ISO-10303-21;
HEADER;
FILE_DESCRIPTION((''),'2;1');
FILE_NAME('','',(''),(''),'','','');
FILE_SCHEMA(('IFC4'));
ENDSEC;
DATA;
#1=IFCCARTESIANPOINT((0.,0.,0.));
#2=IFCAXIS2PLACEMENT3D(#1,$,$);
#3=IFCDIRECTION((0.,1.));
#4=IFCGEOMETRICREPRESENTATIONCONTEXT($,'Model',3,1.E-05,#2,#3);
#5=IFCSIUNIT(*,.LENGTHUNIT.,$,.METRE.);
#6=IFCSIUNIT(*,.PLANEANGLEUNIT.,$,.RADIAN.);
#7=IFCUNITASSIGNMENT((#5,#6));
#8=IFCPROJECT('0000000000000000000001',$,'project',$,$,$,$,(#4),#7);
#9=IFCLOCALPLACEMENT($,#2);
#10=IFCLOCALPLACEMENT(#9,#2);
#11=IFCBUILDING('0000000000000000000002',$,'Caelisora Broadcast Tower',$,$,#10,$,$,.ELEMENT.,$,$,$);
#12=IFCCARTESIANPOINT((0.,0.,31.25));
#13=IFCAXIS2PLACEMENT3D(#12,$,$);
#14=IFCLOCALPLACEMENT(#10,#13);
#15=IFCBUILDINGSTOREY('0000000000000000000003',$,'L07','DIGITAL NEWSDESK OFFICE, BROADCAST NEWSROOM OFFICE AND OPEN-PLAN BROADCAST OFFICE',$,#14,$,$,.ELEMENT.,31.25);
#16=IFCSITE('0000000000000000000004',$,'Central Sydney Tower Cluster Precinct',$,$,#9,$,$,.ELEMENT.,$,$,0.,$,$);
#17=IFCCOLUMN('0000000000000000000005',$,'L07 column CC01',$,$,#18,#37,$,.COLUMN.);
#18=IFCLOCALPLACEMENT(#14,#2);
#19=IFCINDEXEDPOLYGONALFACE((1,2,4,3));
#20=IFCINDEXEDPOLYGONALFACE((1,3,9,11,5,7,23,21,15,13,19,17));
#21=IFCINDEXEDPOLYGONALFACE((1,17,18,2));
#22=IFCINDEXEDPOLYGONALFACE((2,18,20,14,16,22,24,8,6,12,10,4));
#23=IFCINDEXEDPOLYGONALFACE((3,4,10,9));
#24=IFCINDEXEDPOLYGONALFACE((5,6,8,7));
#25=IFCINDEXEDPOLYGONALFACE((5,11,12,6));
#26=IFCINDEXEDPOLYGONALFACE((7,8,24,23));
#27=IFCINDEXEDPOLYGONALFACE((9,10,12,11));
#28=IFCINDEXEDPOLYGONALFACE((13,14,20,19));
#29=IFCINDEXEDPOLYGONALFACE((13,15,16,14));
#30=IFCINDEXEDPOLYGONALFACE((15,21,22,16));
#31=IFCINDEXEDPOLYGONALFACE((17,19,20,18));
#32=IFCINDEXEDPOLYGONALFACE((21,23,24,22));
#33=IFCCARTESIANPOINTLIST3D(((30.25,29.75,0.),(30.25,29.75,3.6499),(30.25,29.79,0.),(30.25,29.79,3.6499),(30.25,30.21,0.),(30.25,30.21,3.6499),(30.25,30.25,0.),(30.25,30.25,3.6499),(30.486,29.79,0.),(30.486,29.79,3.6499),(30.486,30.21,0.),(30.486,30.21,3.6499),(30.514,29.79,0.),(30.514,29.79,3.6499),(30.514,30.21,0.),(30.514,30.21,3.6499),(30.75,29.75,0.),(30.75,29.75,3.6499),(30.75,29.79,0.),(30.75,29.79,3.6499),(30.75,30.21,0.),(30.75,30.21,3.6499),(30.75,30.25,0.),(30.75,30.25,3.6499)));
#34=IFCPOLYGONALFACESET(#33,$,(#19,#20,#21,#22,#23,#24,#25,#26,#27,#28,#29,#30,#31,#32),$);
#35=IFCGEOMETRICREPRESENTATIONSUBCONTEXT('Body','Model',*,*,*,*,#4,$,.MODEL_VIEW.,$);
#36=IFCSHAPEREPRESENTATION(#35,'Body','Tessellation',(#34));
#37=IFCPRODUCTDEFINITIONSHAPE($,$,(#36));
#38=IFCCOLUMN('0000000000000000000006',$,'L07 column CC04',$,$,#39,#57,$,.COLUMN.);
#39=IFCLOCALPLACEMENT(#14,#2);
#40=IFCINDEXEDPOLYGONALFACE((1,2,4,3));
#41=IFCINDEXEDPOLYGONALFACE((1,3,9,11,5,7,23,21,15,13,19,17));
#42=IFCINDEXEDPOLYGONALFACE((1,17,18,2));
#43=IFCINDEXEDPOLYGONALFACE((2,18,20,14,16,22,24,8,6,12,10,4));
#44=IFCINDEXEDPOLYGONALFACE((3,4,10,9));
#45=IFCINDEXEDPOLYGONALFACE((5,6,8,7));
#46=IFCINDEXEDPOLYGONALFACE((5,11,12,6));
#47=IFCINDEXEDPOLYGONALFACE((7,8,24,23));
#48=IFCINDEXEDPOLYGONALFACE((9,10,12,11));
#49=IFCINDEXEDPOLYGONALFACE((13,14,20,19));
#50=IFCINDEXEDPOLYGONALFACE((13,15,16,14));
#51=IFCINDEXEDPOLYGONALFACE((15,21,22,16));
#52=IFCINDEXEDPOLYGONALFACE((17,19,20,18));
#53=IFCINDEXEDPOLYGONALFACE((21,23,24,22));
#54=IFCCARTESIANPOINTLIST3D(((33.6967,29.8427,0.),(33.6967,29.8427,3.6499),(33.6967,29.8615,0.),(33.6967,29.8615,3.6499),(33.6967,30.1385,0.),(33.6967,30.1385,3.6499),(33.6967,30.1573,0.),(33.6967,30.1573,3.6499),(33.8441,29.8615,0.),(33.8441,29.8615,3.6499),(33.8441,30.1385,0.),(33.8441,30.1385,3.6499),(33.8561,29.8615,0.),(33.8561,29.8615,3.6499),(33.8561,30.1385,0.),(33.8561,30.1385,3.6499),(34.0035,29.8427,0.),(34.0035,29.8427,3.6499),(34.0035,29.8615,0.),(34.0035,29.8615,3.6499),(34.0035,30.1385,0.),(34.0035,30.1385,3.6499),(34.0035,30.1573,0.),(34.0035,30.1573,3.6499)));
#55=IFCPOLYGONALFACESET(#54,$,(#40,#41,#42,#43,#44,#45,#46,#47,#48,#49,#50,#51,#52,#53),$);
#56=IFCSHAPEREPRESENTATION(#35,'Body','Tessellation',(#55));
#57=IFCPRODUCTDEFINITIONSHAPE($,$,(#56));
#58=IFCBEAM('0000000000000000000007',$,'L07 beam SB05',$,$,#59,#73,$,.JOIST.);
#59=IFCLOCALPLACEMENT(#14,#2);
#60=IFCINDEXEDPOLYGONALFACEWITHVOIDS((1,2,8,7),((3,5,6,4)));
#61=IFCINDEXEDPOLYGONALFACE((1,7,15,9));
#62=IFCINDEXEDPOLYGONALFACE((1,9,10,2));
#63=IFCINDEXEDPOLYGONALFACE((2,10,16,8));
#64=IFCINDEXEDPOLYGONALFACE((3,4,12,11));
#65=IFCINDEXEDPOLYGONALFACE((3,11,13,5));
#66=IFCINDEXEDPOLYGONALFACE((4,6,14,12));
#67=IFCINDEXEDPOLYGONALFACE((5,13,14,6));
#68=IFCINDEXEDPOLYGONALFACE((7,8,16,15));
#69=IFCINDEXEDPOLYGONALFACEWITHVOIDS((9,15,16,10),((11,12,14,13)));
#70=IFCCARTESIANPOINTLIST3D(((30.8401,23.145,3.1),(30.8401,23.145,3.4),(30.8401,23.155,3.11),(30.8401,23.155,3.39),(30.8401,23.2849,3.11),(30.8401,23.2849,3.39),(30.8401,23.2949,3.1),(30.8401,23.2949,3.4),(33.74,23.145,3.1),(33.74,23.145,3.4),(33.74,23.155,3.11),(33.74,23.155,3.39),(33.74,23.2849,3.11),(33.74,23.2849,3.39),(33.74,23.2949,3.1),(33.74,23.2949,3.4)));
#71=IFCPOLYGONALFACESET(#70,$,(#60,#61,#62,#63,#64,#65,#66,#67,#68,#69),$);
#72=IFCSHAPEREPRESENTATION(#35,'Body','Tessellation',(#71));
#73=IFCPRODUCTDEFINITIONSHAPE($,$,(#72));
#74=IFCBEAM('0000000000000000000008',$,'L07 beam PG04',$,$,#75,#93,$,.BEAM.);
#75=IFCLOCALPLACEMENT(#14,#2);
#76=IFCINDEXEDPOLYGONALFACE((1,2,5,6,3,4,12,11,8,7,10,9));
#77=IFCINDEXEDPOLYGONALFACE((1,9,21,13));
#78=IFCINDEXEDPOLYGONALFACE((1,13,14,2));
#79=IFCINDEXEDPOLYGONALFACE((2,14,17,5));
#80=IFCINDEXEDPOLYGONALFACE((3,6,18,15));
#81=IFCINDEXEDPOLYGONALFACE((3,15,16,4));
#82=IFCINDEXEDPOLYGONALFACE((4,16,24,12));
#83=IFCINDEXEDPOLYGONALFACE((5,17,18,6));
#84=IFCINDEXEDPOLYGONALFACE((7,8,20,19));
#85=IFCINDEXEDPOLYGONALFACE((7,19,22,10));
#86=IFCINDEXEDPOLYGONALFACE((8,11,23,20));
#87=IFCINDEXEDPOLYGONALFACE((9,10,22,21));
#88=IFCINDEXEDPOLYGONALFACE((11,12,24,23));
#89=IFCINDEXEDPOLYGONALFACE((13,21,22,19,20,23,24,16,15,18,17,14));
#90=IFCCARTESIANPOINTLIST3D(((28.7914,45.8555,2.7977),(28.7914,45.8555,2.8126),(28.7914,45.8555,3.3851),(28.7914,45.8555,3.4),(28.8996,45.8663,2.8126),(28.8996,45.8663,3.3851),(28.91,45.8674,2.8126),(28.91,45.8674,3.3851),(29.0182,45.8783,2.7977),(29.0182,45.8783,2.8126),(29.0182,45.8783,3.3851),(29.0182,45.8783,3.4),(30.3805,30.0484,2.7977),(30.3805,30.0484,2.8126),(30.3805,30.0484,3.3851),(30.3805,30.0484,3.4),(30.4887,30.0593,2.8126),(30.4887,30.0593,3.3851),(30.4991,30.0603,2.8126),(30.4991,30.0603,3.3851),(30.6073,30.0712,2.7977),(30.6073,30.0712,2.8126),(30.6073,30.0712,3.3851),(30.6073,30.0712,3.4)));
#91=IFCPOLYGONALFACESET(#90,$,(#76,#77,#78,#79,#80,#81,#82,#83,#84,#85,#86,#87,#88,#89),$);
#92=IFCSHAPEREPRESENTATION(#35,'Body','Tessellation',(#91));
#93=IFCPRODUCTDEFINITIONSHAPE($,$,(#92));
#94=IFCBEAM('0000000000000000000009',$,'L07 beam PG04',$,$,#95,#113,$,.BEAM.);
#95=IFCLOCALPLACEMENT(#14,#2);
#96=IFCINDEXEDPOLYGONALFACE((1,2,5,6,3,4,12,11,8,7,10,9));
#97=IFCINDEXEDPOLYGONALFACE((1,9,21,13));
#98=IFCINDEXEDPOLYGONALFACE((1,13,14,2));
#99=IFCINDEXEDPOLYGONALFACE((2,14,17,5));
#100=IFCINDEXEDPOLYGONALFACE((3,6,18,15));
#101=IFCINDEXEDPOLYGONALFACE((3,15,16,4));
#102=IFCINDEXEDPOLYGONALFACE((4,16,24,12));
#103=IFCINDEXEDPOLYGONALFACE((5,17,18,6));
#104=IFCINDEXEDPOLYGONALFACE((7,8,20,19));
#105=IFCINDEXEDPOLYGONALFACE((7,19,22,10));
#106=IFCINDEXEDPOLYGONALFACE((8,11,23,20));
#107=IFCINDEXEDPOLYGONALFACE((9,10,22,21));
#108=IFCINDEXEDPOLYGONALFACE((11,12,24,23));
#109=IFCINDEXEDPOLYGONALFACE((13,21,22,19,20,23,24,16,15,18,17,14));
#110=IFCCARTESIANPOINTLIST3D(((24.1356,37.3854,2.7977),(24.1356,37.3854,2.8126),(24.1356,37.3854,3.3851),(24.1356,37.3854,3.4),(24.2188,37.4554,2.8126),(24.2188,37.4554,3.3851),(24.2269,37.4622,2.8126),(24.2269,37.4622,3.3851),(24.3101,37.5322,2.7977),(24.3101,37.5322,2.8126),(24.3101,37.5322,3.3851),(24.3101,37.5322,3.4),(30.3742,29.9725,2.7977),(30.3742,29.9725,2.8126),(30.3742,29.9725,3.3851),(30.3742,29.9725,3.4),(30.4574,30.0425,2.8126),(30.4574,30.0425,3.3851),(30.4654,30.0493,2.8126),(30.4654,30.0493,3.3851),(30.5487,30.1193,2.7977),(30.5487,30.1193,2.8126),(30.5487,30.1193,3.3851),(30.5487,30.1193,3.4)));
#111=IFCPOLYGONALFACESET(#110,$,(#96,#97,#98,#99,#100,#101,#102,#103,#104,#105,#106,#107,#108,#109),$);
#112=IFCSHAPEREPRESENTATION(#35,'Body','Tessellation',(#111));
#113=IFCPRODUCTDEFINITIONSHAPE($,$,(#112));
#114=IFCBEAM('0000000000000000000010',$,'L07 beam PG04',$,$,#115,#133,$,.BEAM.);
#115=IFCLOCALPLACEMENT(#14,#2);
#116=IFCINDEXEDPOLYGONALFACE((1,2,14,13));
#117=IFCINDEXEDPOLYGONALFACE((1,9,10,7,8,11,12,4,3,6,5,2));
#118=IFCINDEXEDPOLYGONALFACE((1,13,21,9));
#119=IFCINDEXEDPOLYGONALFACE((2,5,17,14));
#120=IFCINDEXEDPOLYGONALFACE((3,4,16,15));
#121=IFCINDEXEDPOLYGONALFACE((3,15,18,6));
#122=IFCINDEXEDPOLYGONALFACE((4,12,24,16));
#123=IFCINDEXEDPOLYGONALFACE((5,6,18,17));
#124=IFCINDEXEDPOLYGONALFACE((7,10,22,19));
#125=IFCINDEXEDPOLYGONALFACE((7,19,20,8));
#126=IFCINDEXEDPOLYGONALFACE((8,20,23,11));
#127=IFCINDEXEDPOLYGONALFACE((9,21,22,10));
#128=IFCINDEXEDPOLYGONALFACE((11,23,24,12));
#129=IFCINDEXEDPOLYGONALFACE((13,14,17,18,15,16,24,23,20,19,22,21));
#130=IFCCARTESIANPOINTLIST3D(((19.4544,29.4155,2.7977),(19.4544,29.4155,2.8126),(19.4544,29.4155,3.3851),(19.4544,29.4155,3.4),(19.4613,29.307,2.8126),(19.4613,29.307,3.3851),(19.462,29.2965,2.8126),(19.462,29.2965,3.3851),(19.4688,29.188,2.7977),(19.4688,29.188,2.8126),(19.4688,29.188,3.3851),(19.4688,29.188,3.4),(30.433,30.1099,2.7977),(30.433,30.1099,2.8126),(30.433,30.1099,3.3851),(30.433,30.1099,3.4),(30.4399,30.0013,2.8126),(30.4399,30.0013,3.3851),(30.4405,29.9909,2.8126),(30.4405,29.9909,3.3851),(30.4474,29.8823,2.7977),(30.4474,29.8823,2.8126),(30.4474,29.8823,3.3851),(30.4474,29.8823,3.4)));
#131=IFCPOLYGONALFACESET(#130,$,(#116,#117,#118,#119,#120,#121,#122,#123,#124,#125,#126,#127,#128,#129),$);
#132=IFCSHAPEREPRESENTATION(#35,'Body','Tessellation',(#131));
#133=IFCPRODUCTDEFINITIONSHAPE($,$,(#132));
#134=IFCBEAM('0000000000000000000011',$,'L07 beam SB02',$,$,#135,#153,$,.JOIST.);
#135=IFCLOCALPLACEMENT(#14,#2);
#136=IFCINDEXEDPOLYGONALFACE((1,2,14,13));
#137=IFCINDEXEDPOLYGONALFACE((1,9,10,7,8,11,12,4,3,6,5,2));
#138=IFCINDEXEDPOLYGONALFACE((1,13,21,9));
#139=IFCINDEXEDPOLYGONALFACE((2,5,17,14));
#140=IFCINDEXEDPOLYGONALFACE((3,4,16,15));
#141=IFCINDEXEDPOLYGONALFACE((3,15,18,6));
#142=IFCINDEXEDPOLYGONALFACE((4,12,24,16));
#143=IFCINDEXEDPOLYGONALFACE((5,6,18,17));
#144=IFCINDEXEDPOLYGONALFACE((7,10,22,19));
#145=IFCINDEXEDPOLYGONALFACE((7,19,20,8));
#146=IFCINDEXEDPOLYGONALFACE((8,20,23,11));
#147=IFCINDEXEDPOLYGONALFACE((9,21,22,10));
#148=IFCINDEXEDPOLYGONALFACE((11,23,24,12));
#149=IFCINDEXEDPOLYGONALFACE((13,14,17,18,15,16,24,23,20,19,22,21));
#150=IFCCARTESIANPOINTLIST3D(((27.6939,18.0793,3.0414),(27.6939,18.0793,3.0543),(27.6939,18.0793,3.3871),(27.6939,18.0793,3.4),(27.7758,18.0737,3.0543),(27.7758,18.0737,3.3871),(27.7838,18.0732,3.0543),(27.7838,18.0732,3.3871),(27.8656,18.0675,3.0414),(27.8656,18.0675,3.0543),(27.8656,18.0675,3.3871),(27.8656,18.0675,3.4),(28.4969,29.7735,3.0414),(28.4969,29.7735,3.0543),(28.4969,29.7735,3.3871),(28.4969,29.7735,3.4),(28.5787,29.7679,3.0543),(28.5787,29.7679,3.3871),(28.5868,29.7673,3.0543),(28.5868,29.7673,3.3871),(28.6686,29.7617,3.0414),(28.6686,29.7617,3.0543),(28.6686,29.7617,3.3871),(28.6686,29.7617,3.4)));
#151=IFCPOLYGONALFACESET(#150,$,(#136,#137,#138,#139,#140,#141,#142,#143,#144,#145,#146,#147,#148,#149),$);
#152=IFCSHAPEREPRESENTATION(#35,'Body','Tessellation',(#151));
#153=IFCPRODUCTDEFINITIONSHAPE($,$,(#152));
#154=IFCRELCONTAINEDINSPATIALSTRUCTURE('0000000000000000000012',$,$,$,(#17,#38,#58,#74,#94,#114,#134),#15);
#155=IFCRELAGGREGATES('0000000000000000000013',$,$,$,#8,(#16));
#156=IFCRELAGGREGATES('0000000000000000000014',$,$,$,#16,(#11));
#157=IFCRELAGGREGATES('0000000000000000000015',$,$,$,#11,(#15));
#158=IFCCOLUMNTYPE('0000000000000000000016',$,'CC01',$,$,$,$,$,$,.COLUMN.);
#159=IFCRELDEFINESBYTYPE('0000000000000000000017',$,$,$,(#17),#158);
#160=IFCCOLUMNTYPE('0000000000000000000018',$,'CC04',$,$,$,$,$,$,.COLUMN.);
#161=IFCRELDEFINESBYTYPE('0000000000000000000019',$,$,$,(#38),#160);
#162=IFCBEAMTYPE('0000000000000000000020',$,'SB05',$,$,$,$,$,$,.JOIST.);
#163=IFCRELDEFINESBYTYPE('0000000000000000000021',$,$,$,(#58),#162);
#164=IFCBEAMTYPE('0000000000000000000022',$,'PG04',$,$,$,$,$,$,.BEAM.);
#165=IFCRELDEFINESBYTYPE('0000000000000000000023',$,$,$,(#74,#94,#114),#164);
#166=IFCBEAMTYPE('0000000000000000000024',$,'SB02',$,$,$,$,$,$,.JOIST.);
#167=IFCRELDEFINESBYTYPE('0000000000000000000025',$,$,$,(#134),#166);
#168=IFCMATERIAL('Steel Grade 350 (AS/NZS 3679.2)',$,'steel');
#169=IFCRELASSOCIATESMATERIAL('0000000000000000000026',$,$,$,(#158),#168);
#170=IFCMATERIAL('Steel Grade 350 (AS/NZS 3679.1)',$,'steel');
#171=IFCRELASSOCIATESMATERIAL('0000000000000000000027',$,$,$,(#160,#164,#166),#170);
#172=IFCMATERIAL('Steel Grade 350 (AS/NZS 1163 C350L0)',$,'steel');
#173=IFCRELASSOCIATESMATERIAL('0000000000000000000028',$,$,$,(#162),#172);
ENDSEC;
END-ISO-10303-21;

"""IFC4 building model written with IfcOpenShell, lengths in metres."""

from ifc_helpers import new_model, si_unit, direction, frame, origin, origin_2d, place, context, subcontext, project, spatial, hollow_rectangle, i_section, extrude, source, transform, mapped, material, material_profile, profile_set, type_object, type_shapes, element, save


model = new_model("IFC4")

# Units and contexts
model_context = context("Model", 3, precision=1e-05, world=origin(), true_north=direction((0.0, 1.0)))
body_context = subcontext(model_context, "Body", "Model", "MODEL_VIEW")
ifc_project = project(units=[si_unit("LENGTHUNIT", "METRE"), si_unit("PLANEANGLEUNIT", "RADIAN")], contexts=[model_context])

# Site, building, storey
site_placement = place(None, origin())
site = spatial("IfcSite", under=ifc_project, at=site_placement, Name="Central Sydney Tower Cluster Precinct", CompositionType="ELEMENT", RefElevation=0.0)
building_placement = place(site_placement, origin())
building = spatial("IfcBuilding", under=site, at=building_placement, Name="Caelisora Broadcast Tower", CompositionType="ELEMENT")
storey_placement = place(building_placement, frame((0.0, 0.0, 31.25)))
storey = spatial("IfcBuildingStorey", under=building, at=storey_placement, Name="L07", Description="DIGITAL NEWSDESK OFFICE, BROADCAST NEWSROOM OFFICE AND OPEN-PLAN BROADCAST OFFICE", CompositionType="ELEMENT", Elevation=31.25)

# Columns
ifc_material_1 = material(Name="Steel Grade 350 (AS/NZS 3679.2)", Category="steel")
ifc_material_profile_1 = material_profile(ifc_material_1, i_section(OverallWidth=0.5, OverallDepth=0.5, WebThickness=0.0281, FlangeThickness=0.04, at=origin_2d()), Name="Steel Grade 350 (AS/NZS 3679.2)")
ifc_profile_set_1 = profile_set([ifc_material_profile_1], Name="Steel Grade 350 (AS/NZS 3679.2)")
column_type_1 = type_object("IfcColumnType", Name="CC01", PredefinedType="COLUMN", material=ifc_profile_set_1)
shared_shape_1 = source(origin(), body_context, "Body", "SweptSolid", [
    extrude(i_section(OverallWidth=0.5, OverallDepth=0.5, WebThickness=0.0281, FlangeThickness=0.04, at=origin_2d()), origin(), (0.0, 0.0, 1.0), 3.6499),
])
type_shapes(column_type_1, [shared_shape_1])
column_1_placement = place(storey_placement, frame((30.5, 30.0, 0.0), z_axis=(0.0, 0.0, 1.0), x_axis=(1.0, 0.0, 0.0)))
element("IfcColumn", 1, at=column_1_placement, inside=storey, type_object=column_type_1, Name="L07 column CC01", PredefinedType="COLUMN", context=body_context, shape_type="MappedRepresentation", body=[
    mapped(shared_shape_1, transform((0.0, 0.0, 0.0), scale=1.0)),
])
ifc_material_2 = material(Name="Steel Grade 350 (AS/NZS 3679.1)", Category="steel")
ifc_material_profile_2 = material_profile(ifc_material_2, i_section(OverallWidth=0.3069, OverallDepth=0.3147, WebThickness=0.012, FlangeThickness=0.0188, at=origin_2d()), Name="Steel Grade 350 (AS/NZS 3679.1)")
ifc_profile_set_2 = profile_set([ifc_material_profile_2], Name="Steel Grade 350 (AS/NZS 3679.1)")
column_type_2 = type_object("IfcColumnType", Name="CC04", PredefinedType="COLUMN", material=ifc_profile_set_2)
shared_shape_2 = source(origin(), body_context, "Body", "SweptSolid", [
    extrude(i_section(OverallWidth=0.3069, OverallDepth=0.3147, WebThickness=0.012, FlangeThickness=0.0188, at=origin_2d()), origin(), (0.0, 0.0, 1.0), 3.6499),
])
type_shapes(column_type_2, [shared_shape_2])
column_2_placement = place(storey_placement, frame((33.8501, 30.0, 0.0), z_axis=(0.0, 0.0, 1.0), x_axis=(1.0, 0.0, 0.0)))
element("IfcColumn", 2, at=column_2_placement, inside=storey, type_object=column_type_2, Name="L07 column CC04", PredefinedType="COLUMN", context=body_context, shape_type="MappedRepresentation", body=[
    mapped(shared_shape_2, transform((0.0, 0.0, 0.0), scale=1.0)),
])

# Beams
ifc_material_3 = material(Name="Steel Grade 350 (AS/NZS 1163 C350L0)", Category="steel")
ifc_material_profile_3 = material_profile(ifc_material_3, hollow_rectangle(XDim=0.1499, YDim=0.3, WallThickness=0.01, at=origin_2d()), Name="Steel Grade 350 (AS/NZS 1163 C350L0)")
ifc_profile_set_3 = profile_set([ifc_material_profile_3], Name="Steel Grade 350 (AS/NZS 1163 C350L0)")
beam_type_1 = type_object("IfcBeamType", Name="SB05", PredefinedType="JOIST", material=ifc_profile_set_3)
shared_shape_3 = source(origin(), body_context, "Body", "SweptSolid", [
    extrude(hollow_rectangle(XDim=0.1499, YDim=0.3, WallThickness=0.01, at=origin_2d()), origin(), (0.0, 0.0, 1.0), 2.8999),
])
type_shapes(beam_type_1, [shared_shape_3])
beam_1_placement = place(storey_placement, frame((30.8401, 23.22, 3.25), z_axis=(1.0, 0.0, 0.0), x_axis=(0.0, 1.0, 0.0)))
element("IfcBeam", 3, at=beam_1_placement, inside=storey, type_object=beam_type_1, Name="L07 beam SB05", PredefinedType="JOIST", context=body_context, shape_type="MappedRepresentation", body=[
    mapped(shared_shape_3, transform((0.0, 0.0, 0.0), scale=1.0)),
])
ifc_material_profile_4 = material_profile(ifc_material_2, i_section(OverallWidth=0.228, OverallDepth=0.6023, WebThickness=0.0105, FlangeThickness=0.0149, at=origin_2d()), Name="Steel Grade 350 (AS/NZS 3679.1)")
ifc_profile_set_4 = profile_set([ifc_material_profile_4], Name="Steel Grade 350 (AS/NZS 3679.1)")
beam_type_2 = type_object("IfcBeamType", Name="PG04", PredefinedType="BEAM", material=ifc_profile_set_4)
shared_shape_4 = source(origin(), body_context, "Body", "SweptSolid", [
    extrude(i_section(OverallWidth=0.228, OverallDepth=0.6023, WebThickness=0.0105, FlangeThickness=0.0149, at=origin_2d()), origin(), (0.0, 0.0, 1.0), 15.8867),
])
beam_2_placement = place(storey_placement, frame((30.4939, 30.0598, 3.0989), z_axis=(-0.100027, 0.994985, 0.0), x_axis=(-0.994985, -0.100027, 0.0)))
element("IfcBeam", 4, at=beam_2_placement, inside=storey, type_object=beam_type_2, Name="L07 beam PG04", PredefinedType="BEAM", context=body_context, shape_type="MappedRepresentation", body=[
    mapped(shared_shape_4, transform((0.0, 0.0, 0.0), scale=1.0)),
])
shared_shape_5 = source(origin(), body_context, "Body", "SweptSolid", [
    extrude(i_section(OverallWidth=0.228, OverallDepth=0.6023, WebThickness=0.0105, FlangeThickness=0.0149, at=origin_2d()), origin(), (0.0, 0.0, 1.0), 9.6887),
])
beam_3_placement = place(storey_placement, frame((30.4614, 30.0459, 3.0989), z_axis=(-0.643902, 0.765108, 0.0), x_axis=(-0.765108, -0.643902, 0.0)))
element("IfcBeam", 5, at=beam_3_placement, inside=storey, type_object=beam_type_2, Name="L07 beam PG04", PredefinedType="BEAM", context=body_context, shape_type="MappedRepresentation", body=[
    mapped(shared_shape_5, transform((0.0, 0.0, 0.0), scale=1.0)),
])
shared_shape_6 = source(origin(), body_context, "Body", "SweptSolid", [
    extrude(i_section(OverallWidth=0.228, OverallDepth=0.6023, WebThickness=0.0105, FlangeThickness=0.0149, at=origin_2d()), origin(), (0.0, 0.0, 1.0), 11.0005),
])
type_shapes(beam_type_2, [shared_shape_4, shared_shape_5, shared_shape_6])
beam_4_placement = place(storey_placement, frame((30.4402, 29.9961, 3.0989), z_axis=(-0.998006, -0.063119, 0.0), x_axis=(0.063119, -0.998006, 0.0)))
element("IfcBeam", 6, at=beam_4_placement, inside=storey, type_object=beam_type_2, Name="L07 beam PG04", PredefinedType="BEAM", context=body_context, shape_type="MappedRepresentation", body=[
    mapped(shared_shape_6, transform((0.0, 0.0, 0.0), scale=1.0)),
])
ifc_material_profile_5 = material_profile(ifc_material_2, i_section(OverallWidth=0.1721, OverallDepth=0.3586, WebThickness=0.0081, FlangeThickness=0.0129, at=origin_2d()), Name="Steel Grade 350 (AS/NZS 3679.1)")
ifc_profile_set_5 = profile_set([ifc_material_profile_5], Name="Steel Grade 350 (AS/NZS 3679.1)")
beam_type_3 = type_object("IfcBeamType", Name="SB02", PredefinedType="JOIST", material=ifc_profile_set_5)
shared_shape_7 = source(origin(), body_context, "Body", "SweptSolid", [
    extrude(i_section(OverallWidth=0.1721, OverallDepth=0.3586, WebThickness=0.0081, FlangeThickness=0.0129, at=origin_2d()), origin(), (0.0, 0.0, 1.0), 11.7217),
])
beam_5_placement = place(storey_placement, frame((28.5828, 29.7676, 3.2207), z_axis=(-0.068504, -0.997651, 0.0), x_axis=(0.997651, -0.068504, 0.0)))
element("IfcBeam", 7, at=beam_5_placement, inside=storey, type_object=beam_type_3, Name="L07 beam SB02", PredefinedType="JOIST", context=body_context, shape_type="MappedRepresentation", body=[
    mapped(shared_shape_7, transform((0.0, 0.0, 0.0), scale=1.0)),
])

save(model, "model.ifc")
